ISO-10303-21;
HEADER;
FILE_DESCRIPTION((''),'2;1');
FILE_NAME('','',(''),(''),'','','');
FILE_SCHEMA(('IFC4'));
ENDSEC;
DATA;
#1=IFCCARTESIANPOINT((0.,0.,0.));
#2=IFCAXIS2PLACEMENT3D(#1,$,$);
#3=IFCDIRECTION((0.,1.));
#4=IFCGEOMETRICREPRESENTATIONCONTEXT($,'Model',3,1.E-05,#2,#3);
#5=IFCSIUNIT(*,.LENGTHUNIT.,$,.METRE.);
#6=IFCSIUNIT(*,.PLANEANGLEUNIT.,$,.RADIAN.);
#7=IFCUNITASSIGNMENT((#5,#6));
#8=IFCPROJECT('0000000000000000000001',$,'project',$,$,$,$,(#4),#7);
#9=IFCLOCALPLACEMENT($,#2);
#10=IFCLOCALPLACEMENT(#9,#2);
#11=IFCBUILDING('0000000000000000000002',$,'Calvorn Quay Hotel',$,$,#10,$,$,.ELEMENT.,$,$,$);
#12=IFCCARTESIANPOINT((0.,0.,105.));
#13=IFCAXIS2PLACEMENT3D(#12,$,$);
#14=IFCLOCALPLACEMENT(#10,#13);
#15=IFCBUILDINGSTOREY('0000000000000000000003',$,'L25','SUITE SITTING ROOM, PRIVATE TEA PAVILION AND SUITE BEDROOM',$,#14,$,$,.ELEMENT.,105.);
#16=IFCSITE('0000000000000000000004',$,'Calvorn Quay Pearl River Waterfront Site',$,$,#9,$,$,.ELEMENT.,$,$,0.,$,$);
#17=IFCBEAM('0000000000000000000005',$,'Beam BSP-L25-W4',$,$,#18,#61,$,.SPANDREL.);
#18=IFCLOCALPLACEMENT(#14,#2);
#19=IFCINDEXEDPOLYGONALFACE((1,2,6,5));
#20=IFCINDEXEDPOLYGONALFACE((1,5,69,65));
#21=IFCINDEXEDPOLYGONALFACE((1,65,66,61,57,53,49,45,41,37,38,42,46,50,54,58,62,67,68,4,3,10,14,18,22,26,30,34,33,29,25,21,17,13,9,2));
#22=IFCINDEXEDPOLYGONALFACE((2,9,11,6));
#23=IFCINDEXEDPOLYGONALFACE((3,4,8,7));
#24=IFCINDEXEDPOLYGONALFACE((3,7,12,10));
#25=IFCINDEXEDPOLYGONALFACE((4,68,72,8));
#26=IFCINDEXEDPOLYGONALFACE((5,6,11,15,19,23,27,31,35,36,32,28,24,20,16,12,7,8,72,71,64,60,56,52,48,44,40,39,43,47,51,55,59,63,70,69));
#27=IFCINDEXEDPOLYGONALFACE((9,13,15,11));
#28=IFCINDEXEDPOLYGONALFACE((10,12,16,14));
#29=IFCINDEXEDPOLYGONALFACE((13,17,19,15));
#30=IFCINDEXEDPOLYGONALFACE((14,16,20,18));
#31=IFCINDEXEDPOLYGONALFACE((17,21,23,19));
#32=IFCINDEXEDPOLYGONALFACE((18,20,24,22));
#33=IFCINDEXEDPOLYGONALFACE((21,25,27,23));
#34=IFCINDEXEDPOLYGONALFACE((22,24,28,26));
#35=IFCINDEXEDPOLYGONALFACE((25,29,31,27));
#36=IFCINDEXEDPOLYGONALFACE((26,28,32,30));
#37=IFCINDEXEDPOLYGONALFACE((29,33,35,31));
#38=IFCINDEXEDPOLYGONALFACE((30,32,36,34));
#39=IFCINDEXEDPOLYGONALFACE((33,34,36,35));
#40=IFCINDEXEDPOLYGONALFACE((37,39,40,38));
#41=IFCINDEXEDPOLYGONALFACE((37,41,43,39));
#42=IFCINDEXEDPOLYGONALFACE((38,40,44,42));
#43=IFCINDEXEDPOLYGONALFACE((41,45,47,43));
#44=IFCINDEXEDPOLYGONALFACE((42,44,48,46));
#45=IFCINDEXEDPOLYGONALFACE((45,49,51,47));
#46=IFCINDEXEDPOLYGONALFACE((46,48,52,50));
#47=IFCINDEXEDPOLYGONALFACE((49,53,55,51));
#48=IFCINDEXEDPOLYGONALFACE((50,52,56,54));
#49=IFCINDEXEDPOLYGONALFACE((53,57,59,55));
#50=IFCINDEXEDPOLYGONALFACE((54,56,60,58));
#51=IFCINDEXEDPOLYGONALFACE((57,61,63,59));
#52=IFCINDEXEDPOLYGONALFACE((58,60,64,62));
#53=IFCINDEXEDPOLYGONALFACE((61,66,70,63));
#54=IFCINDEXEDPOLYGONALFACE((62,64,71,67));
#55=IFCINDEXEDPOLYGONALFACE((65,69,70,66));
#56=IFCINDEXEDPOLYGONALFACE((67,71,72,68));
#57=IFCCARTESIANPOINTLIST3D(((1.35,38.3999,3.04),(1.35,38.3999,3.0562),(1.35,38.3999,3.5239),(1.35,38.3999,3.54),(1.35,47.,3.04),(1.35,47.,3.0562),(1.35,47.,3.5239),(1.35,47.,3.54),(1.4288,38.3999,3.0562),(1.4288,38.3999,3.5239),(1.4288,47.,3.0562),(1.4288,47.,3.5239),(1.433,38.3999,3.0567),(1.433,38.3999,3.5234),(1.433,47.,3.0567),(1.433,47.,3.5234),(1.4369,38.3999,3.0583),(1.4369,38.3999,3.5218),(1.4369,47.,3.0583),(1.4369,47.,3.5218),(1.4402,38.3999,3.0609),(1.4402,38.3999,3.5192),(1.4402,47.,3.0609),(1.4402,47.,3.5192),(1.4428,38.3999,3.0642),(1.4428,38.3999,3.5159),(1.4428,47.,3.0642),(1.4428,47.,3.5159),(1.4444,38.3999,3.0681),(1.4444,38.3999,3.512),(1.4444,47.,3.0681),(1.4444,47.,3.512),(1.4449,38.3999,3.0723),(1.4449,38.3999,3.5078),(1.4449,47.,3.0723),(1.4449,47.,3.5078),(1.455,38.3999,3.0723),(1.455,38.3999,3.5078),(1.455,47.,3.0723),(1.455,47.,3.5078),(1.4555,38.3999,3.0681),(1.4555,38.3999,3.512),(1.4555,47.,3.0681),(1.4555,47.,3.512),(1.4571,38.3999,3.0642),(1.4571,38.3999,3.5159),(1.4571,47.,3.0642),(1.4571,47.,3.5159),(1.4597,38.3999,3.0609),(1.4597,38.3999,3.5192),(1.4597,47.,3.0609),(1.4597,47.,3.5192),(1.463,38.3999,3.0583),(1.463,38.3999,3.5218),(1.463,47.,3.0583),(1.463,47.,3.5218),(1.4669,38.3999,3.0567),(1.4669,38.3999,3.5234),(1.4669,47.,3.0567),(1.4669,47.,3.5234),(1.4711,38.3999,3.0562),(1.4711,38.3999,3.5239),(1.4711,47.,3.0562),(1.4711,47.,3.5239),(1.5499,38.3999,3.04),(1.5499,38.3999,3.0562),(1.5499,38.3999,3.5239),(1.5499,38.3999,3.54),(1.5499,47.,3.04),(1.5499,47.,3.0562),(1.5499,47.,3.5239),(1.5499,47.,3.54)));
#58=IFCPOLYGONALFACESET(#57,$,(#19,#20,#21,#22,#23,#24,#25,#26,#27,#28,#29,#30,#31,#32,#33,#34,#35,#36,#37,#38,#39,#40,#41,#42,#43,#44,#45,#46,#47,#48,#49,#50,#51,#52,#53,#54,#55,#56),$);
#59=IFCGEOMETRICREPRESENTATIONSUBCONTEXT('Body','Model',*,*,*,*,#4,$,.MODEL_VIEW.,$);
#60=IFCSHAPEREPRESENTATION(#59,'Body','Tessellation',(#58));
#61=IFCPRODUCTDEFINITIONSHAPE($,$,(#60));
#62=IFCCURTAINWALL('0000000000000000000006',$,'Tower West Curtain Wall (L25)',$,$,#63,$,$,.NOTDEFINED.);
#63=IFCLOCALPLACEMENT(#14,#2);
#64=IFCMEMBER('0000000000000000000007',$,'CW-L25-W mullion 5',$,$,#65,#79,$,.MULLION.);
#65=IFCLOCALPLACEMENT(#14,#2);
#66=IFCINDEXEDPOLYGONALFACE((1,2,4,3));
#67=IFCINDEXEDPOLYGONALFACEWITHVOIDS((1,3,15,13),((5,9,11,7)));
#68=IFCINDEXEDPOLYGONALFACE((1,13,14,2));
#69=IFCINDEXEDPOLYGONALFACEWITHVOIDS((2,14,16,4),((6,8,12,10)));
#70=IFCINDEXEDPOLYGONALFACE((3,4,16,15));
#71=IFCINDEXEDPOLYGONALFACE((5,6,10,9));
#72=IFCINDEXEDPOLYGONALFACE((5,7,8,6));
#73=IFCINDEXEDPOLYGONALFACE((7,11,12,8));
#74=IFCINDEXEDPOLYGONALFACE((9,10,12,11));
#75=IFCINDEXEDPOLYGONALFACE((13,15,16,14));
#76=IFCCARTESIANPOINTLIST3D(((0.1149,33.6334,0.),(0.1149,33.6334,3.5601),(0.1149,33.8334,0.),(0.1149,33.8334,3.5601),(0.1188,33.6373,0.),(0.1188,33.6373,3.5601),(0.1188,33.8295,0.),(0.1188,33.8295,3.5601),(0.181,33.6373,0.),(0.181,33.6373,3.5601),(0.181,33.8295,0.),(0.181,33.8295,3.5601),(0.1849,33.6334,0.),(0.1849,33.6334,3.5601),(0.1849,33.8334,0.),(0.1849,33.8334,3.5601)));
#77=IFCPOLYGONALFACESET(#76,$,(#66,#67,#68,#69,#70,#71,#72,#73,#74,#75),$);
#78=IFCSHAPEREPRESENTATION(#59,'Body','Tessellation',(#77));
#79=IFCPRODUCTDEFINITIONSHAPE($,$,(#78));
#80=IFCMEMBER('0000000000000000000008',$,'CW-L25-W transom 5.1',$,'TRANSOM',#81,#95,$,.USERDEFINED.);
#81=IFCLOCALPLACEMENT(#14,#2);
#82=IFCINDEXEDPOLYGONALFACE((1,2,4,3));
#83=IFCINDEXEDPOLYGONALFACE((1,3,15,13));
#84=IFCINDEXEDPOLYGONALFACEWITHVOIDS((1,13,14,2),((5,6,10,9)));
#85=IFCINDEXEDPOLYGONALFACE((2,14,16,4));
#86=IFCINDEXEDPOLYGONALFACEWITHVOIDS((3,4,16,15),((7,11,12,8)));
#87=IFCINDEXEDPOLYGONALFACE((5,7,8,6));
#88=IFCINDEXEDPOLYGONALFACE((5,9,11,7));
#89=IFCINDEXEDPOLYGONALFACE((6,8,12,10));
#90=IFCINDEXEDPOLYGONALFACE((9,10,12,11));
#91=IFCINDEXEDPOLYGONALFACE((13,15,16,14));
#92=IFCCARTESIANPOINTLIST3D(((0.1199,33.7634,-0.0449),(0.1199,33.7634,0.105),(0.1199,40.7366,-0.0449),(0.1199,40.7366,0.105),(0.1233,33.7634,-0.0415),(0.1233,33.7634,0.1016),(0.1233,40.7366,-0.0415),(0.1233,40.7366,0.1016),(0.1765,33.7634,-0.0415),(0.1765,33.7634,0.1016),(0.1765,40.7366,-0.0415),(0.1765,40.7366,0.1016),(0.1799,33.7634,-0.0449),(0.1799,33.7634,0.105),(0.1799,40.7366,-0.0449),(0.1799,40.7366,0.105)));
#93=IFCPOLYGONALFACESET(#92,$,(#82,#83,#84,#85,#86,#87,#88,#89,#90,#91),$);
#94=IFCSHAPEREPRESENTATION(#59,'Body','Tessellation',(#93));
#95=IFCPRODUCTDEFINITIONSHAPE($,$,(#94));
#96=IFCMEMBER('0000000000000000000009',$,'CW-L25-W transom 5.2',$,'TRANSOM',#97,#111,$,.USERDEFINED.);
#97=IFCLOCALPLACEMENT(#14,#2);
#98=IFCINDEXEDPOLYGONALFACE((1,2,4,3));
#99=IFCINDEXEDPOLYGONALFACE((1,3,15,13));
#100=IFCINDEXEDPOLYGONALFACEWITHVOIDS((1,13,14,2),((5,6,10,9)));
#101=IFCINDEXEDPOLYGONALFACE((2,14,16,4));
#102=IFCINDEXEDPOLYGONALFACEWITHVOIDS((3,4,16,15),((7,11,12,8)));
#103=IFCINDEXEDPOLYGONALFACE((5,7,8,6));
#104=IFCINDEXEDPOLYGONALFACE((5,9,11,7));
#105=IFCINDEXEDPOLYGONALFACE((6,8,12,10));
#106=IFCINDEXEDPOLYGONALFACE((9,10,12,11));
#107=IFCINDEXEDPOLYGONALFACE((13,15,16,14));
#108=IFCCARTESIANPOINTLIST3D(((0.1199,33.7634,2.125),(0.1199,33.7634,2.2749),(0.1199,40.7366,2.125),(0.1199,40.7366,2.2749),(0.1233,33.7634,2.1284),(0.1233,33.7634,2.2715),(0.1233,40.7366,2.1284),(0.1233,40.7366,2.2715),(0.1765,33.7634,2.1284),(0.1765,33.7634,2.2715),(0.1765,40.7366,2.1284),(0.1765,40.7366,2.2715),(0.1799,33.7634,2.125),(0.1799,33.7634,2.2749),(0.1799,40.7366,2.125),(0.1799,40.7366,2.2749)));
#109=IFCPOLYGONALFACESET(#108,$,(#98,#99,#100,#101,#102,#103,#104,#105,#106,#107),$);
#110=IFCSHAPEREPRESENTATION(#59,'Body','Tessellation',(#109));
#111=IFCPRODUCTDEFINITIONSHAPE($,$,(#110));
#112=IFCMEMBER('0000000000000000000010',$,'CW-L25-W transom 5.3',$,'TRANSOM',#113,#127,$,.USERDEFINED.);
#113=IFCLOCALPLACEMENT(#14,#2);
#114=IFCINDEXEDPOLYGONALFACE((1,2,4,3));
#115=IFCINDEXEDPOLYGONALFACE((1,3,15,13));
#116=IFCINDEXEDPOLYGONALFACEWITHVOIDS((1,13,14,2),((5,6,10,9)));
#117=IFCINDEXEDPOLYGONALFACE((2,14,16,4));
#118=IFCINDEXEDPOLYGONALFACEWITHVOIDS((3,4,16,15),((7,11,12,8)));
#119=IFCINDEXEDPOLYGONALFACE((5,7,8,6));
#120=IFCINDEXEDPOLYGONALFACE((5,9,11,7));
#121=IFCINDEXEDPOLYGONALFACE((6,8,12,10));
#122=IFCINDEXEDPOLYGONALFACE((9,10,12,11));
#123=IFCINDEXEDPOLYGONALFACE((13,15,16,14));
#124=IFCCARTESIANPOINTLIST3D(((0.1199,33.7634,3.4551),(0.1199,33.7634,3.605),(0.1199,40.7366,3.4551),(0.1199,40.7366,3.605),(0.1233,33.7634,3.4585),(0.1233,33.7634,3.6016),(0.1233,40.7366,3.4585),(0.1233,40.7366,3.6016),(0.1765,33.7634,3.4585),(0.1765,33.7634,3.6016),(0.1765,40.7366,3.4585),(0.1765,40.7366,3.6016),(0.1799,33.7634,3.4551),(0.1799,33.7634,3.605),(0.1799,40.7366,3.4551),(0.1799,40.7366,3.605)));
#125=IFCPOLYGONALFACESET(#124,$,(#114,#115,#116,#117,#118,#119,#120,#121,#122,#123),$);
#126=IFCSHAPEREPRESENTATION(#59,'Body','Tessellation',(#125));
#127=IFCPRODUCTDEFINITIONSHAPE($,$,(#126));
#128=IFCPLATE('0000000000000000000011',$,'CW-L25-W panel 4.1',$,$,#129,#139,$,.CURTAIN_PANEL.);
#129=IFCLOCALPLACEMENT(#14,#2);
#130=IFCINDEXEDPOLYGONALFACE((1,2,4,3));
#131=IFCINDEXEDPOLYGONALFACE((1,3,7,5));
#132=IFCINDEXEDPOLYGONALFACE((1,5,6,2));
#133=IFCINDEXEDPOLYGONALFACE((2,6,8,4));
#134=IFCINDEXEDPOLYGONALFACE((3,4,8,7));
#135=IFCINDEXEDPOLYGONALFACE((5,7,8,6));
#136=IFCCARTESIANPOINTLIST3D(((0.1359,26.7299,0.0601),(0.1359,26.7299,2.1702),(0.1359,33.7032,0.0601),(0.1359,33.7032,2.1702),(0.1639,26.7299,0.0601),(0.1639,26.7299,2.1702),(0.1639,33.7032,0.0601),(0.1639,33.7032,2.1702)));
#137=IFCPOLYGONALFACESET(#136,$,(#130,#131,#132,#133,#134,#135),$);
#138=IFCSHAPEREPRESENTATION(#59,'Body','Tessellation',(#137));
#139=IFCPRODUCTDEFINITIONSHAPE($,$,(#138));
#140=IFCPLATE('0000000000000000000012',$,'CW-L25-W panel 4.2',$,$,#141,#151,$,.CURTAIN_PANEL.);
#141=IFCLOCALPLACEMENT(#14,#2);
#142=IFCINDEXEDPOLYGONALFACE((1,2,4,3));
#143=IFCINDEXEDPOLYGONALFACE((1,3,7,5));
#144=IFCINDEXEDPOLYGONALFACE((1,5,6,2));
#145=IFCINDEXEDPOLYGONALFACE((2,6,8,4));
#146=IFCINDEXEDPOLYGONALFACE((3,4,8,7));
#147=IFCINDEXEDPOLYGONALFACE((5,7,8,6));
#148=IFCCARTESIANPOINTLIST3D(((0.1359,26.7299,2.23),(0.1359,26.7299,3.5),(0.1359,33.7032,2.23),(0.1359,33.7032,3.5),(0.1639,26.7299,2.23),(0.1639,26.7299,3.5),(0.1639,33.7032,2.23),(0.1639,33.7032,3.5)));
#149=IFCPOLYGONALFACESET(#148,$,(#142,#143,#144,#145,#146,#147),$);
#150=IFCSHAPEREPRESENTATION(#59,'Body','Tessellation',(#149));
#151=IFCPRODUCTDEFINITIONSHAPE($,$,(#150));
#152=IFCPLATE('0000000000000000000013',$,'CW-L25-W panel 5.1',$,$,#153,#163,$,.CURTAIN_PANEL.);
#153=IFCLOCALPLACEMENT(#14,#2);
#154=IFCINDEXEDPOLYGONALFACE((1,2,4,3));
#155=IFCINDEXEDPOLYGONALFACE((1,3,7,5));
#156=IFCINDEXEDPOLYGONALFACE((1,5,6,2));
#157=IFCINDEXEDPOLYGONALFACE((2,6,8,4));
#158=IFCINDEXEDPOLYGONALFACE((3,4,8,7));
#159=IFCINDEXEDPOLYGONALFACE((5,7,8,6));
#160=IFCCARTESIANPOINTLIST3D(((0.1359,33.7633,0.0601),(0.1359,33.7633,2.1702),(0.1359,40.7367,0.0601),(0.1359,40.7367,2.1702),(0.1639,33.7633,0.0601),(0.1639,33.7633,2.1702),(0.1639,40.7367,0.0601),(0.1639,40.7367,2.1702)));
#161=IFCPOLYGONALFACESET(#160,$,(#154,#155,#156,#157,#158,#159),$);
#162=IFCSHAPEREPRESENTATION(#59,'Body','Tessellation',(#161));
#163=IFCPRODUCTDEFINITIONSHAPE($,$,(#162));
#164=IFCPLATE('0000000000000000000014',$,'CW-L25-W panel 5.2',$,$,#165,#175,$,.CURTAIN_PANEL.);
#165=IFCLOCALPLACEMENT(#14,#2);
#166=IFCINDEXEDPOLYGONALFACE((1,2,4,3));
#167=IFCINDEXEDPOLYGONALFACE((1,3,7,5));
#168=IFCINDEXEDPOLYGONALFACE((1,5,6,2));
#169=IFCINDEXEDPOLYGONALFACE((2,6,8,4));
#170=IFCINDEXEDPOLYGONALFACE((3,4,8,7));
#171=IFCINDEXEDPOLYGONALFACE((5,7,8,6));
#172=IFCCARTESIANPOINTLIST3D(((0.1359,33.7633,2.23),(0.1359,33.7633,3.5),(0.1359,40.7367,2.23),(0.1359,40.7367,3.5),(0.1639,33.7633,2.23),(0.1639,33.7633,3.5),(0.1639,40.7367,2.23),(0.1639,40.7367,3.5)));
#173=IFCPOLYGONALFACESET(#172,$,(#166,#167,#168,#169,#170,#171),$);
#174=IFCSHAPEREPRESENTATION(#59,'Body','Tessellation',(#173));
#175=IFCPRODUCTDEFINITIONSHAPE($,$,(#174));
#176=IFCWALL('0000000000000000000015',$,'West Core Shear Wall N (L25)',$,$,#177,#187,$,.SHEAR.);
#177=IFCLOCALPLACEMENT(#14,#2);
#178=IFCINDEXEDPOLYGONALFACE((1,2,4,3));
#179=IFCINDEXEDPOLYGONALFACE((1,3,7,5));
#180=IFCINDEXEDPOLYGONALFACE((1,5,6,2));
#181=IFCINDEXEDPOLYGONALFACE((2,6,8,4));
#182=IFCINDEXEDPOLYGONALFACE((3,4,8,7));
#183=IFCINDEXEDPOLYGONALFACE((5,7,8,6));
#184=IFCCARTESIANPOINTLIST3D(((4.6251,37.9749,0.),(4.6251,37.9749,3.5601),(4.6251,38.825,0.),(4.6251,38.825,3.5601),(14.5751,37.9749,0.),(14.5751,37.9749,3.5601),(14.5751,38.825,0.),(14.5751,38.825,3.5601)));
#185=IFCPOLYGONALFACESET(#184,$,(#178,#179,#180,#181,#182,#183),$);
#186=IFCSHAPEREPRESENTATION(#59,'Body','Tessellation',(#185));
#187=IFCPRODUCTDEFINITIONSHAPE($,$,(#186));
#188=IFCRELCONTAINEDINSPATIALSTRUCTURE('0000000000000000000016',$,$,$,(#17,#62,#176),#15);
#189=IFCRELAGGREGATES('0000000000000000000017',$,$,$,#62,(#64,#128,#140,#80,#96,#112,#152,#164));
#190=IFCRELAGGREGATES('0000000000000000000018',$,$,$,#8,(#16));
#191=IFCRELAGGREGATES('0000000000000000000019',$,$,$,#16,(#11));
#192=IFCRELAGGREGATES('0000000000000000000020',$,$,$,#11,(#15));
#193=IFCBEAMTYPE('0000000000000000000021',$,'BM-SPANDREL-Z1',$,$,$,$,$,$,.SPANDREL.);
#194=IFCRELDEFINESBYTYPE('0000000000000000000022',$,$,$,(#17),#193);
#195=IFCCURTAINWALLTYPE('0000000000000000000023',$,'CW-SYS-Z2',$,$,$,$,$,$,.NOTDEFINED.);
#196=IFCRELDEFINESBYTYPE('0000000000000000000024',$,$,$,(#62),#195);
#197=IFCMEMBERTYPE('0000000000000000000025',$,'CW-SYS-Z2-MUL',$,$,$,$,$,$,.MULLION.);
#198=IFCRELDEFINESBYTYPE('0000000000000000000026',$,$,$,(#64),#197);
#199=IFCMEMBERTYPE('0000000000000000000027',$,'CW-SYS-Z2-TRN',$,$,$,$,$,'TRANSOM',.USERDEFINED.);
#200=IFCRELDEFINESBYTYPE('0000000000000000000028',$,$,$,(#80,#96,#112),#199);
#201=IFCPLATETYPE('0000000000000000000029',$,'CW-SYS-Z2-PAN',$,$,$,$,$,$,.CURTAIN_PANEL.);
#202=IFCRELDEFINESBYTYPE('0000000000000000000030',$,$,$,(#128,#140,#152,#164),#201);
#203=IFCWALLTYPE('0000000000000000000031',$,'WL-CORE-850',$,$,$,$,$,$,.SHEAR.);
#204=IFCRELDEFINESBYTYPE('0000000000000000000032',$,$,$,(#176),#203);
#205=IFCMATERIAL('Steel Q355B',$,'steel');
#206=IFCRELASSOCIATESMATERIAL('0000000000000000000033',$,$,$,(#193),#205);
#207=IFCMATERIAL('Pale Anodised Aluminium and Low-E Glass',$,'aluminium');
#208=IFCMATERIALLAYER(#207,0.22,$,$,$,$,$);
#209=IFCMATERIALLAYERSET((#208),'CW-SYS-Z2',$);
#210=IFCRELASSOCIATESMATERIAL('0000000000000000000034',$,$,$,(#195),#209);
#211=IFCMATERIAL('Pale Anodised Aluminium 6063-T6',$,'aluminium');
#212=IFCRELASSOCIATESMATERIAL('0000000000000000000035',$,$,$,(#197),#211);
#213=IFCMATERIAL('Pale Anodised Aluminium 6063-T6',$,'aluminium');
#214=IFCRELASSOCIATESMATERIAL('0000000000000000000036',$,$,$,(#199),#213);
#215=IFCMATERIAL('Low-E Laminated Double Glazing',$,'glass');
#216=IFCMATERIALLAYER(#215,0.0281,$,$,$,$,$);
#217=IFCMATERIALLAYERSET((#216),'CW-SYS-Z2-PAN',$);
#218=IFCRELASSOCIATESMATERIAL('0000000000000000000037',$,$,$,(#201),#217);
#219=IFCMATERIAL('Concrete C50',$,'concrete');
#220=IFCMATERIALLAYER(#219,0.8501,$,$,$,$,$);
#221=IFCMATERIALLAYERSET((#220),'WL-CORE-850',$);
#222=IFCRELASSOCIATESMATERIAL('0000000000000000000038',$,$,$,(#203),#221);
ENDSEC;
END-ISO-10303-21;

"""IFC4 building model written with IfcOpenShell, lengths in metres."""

from ifc_helpers import new_model, si_unit, direction, frame, frame_2d, origin, origin_2d, place, context, subcontext, project, spatial, rectangle, hollow_rectangle, i_section, extrude, material, layer, layer_set, material_profile, profile_set, type_object, element, aggregate, save


model = new_model("IFC4")

# Units and contexts
model_context = context("Model", 3, precision=1e-05, world=origin(), true_north=direction((0.0, 1.0)))
body_context = subcontext(model_context, "Body", "Model", "MODEL_VIEW")
ifc_project = project(units=[si_unit("LENGTHUNIT", "METRE"), si_unit("PLANEANGLEUNIT", "RADIAN")], contexts=[model_context])

# Site, building, storey
site_placement = place(None, origin())
site = spatial("IfcSite", under=ifc_project, at=site_placement, Name="Calvorn Quay Pearl River Waterfront Site", CompositionType="ELEMENT", RefElevation=0.0)
building_placement = place(site_placement, origin())
building = spatial("IfcBuilding", under=site, at=building_placement, Name="Calvorn Quay Hotel", CompositionType="ELEMENT")
storey_placement = place(building_placement, frame((0.0, 0.0, 105.0)))
storey = spatial("IfcBuildingStorey", under=building, at=storey_placement, Name="L25", Description="SUITE SITTING ROOM, PRIVATE TEA PAVILION AND SUITE BEDROOM", CompositionType="ELEMENT", Elevation=105.0)

# Beam
ifc_material_1 = material(Name="Steel Q355B", Category="steel")
ifc_material_profile_1 = material_profile(ifc_material_1, i_section(OverallWidth=0.2, OverallDepth=0.5, WebThickness=0.01, FlangeThickness=0.0161, FilletRadius=0.0161, at=origin_2d()), Name="HN500x200x10x16")
ifc_profile_set_1 = profile_set([ifc_material_profile_1], Name="Steel Q355B")
beam_type_1 = type_object("IfcBeamType", Name="BM-SPANDREL-Z1", PredefinedType="SPANDREL", material=ifc_profile_set_1)
beam_1_placement = place(storey_placement, frame((1.45, 38.3999, 3.29), z_axis=(0.0, 1.0, 0.0), x_axis=(-1.0, 0.0, 0.0)))
element("IfcBeam", 1, at=beam_1_placement, inside=storey, type_object=beam_type_1, Name="Beam BSP-L25-W4", PredefinedType="SPANDREL", context=body_context, shape_type="SweptSolid", body=[
    extrude(i_section(OverallWidth=0.2, OverallDepth=0.5, WebThickness=0.01, FlangeThickness=0.0161, FilletRadius=0.0161, at=origin_2d()), origin(), (0.0, 0.0, 1.0), 8.6001),
])

# Curtain wall, members, plates
ifc_material_2 = material(Name="Pale Anodised Aluminium and Low-E Glass", Category="aluminium")
ifc_layer_1 = layer(ifc_material_2, 0.22)
ifc_layer_set_1 = layer_set([ifc_layer_1], Name="CW-SYS-Z2")
curtain_wall_type = type_object("IfcCurtainWallType", Name="CW-SYS-Z2", PredefinedType="NOTDEFINED", material=ifc_layer_set_1)
curtain_wall_placement = place(storey_placement, origin())
curtain_wall = element("IfcCurtainWall", 2, at=curtain_wall_placement, inside=storey, type_object=curtain_wall_type, Name="Tower West Curtain Wall (L25)", PredefinedType="NOTDEFINED")
ifc_material_3 = material(Name="Pale Anodised Aluminium 6063-T6", Category="aluminium")
ifc_material_profile_2 = material_profile(ifc_material_3, hollow_rectangle(XDim=0.0701, YDim=0.2, WallThickness=0.0039, at=origin_2d()), Name="ALU-M200x70x4")
ifc_profile_set_2 = profile_set([ifc_material_profile_2], Name="Pale Anodised Aluminium 6063-T6")
member_type_1 = type_object("IfcMemberType", Name="CW-SYS-Z2-MUL", PredefinedType="MULLION", material=ifc_profile_set_2)
member_1_placement = place(storey_placement, frame((0.1499, 33.7334, 0.0), z_axis=(0.0, 0.0, 1.0), x_axis=(-1.0, 0.0, 0.0)))
member_1 = element("IfcMember", 3, at=member_1_placement, type_object=member_type_1, Name="CW-L25-W mullion 5", PredefinedType="MULLION", context=body_context, shape_type="SweptSolid", body=[
    extrude(hollow_rectangle(XDim=0.0701, YDim=0.2, WallThickness=0.0039, at=origin_2d()), origin(), (0.0, 0.0, 1.0), 3.5601),
])
ifc_material_4 = material(Name="Pale Anodised Aluminium 6063-T6", Category="aluminium")
ifc_material_profile_3 = material_profile(ifc_material_4, hollow_rectangle(XDim=0.0601, YDim=0.1499, WallThickness=0.0034, at=origin_2d()), Name="ALU-T150x60x3.5")
ifc_profile_set_3 = profile_set([ifc_material_profile_3], Name="Pale Anodised Aluminium 6063-T6")
member_type_2 = type_object("IfcMemberType", Name="CW-SYS-Z2-TRN", ElementType="TRANSOM", PredefinedType="USERDEFINED", material=ifc_profile_set_3)
member_2_placement = place(storey_placement, frame((0.1499, 33.7634, 0.03), z_axis=(0.0, 1.0, 0.0), x_axis=(-1.0, 0.0, 0.0)))
member_2 = element("IfcMember", 4, at=member_2_placement, type_object=member_type_2, Name="CW-L25-W transom 5.1", ObjectType="TRANSOM", PredefinedType="USERDEFINED", context=body_context, shape_type="SweptSolid", body=[
    extrude(hollow_rectangle(XDim=0.0601, YDim=0.1499, WallThickness=0.0034, at=origin_2d()), origin(), (0.0, 0.0, 1.0), 6.9731),
])
member_3_placement = place(storey_placement, frame((0.1499, 33.7634, 2.2), z_axis=(0.0, 1.0, 0.0), x_axis=(-1.0, 0.0, 0.0)))
member_3 = element("IfcMember", 5, at=member_3_placement, type_object=member_type_2, Name="CW-L25-W transom 5.2", ObjectType="TRANSOM", PredefinedType="USERDEFINED", context=body_context, shape_type="SweptSolid", body=[
    extrude(hollow_rectangle(XDim=0.0601, YDim=0.1499, WallThickness=0.0034, at=origin_2d()), origin(), (0.0, 0.0, 1.0), 6.9731),
])
member_4_placement = place(storey_placement, frame((0.1499, 33.7634, 3.53), z_axis=(0.0, 1.0, 0.0), x_axis=(-1.0, 0.0, 0.0)))
member_4 = element("IfcMember", 6, at=member_4_placement, type_object=member_type_2, Name="CW-L25-W transom 5.3", ObjectType="TRANSOM", PredefinedType="USERDEFINED", context=body_context, shape_type="SweptSolid", body=[
    extrude(hollow_rectangle(XDim=0.0601, YDim=0.1499, WallThickness=0.0034, at=origin_2d()), origin(), (0.0, 0.0, 1.0), 6.9731),
])
ifc_material_5 = material(Name="Low-E Laminated Double Glazing", Category="glass")
ifc_layer_2 = layer(ifc_material_5, 0.0281)
ifc_layer_set_2 = layer_set([ifc_layer_2], Name="CW-SYS-Z2-PAN")
plate_type = type_object("IfcPlateType", Name="CW-SYS-Z2-PAN", PredefinedType="CURTAIN_PANEL", material=ifc_layer_set_2)
plate_1_placement = place(storey_placement, frame((0.1499, 30.2166, 0.0601), z_axis=(0.0, 0.0, 1.0), x_axis=(0.0, 1.0, 0.0)))
plate_1 = element("IfcPlate", 7, at=plate_1_placement, type_object=plate_type, Name="CW-L25-W panel 4.1", PredefinedType="CURTAIN_PANEL", context=body_context, shape_type="SweptSolid", body=[
    extrude(rectangle(XDim=6.9734, YDim=0.0281, at=origin_2d()), origin(), (0.0, 0.0, 1.0), 2.1101),
])
plate_2_placement = place(storey_placement, frame((0.1499, 30.2166, 2.23), z_axis=(0.0, 0.0, 1.0), x_axis=(0.0, 1.0, 0.0)))
plate_2 = element("IfcPlate", 8, at=plate_2_placement, type_object=plate_type, Name="CW-L25-W panel 4.2", PredefinedType="CURTAIN_PANEL", context=body_context, shape_type="SweptSolid", body=[
    extrude(rectangle(XDim=6.9734, YDim=0.0281, at=origin_2d()), origin(), (0.0, 0.0, 1.0), 1.27),
])
plate_3_placement = place(storey_placement, frame((0.1499, 37.25, 0.0601), z_axis=(0.0, 0.0, 1.0), x_axis=(0.0, 1.0, 0.0)))
plate_3 = element("IfcPlate", 9, at=plate_3_placement, type_object=plate_type, Name="CW-L25-W panel 5.1", PredefinedType="CURTAIN_PANEL", context=body_context, shape_type="SweptSolid", body=[
    extrude(rectangle(XDim=6.9734, YDim=0.0281, at=origin_2d()), origin(), (0.0, 0.0, 1.0), 2.1101),
])
plate_4_placement = place(storey_placement, frame((0.1499, 37.25, 2.23), z_axis=(0.0, 0.0, 1.0), x_axis=(0.0, 1.0, 0.0)))
plate_4 = element("IfcPlate", 10, at=plate_4_placement, type_object=plate_type, Name="CW-L25-W panel 5.2", PredefinedType="CURTAIN_PANEL", context=body_context, shape_type="SweptSolid", body=[
    extrude(rectangle(XDim=6.9734, YDim=0.0281, at=origin_2d()), origin(), (0.0, 0.0, 1.0), 1.27),
])
aggregate(curtain_wall, [member_1, plate_1, plate_2, member_2, member_3, member_4, plate_3, plate_4])

# Wall
ifc_material_6 = material(Name="Concrete C50", Category="concrete")
ifc_layer_3 = layer(ifc_material_6, 0.8501)
ifc_layer_set_3 = layer_set([ifc_layer_3], Name="WL-CORE-850")
wall_type_1 = type_object("IfcWallType", Name="WL-CORE-850", PredefinedType="SHEAR", material=ifc_layer_set_3)
wall_1_placement = place(storey_placement, frame((4.625, 38.3999, 0.0), z_axis=(0.0, 0.0, 1.0), x_axis=(1.0, 0.0, 0.0)))
element("IfcWall", 11, at=wall_1_placement, inside=storey, type_object=wall_type_1, Name="West Core Shear Wall N (L25)", PredefinedType="SHEAR", context=body_context, shape_type="SweptSolid", body=[
    extrude(rectangle(XDim=9.95, YDim=0.8501, at=frame_2d((4.9751, 0.0))), origin(), (0.0, 0.0, 1.0), 3.5601),
])

save(model, "model.ifc")
